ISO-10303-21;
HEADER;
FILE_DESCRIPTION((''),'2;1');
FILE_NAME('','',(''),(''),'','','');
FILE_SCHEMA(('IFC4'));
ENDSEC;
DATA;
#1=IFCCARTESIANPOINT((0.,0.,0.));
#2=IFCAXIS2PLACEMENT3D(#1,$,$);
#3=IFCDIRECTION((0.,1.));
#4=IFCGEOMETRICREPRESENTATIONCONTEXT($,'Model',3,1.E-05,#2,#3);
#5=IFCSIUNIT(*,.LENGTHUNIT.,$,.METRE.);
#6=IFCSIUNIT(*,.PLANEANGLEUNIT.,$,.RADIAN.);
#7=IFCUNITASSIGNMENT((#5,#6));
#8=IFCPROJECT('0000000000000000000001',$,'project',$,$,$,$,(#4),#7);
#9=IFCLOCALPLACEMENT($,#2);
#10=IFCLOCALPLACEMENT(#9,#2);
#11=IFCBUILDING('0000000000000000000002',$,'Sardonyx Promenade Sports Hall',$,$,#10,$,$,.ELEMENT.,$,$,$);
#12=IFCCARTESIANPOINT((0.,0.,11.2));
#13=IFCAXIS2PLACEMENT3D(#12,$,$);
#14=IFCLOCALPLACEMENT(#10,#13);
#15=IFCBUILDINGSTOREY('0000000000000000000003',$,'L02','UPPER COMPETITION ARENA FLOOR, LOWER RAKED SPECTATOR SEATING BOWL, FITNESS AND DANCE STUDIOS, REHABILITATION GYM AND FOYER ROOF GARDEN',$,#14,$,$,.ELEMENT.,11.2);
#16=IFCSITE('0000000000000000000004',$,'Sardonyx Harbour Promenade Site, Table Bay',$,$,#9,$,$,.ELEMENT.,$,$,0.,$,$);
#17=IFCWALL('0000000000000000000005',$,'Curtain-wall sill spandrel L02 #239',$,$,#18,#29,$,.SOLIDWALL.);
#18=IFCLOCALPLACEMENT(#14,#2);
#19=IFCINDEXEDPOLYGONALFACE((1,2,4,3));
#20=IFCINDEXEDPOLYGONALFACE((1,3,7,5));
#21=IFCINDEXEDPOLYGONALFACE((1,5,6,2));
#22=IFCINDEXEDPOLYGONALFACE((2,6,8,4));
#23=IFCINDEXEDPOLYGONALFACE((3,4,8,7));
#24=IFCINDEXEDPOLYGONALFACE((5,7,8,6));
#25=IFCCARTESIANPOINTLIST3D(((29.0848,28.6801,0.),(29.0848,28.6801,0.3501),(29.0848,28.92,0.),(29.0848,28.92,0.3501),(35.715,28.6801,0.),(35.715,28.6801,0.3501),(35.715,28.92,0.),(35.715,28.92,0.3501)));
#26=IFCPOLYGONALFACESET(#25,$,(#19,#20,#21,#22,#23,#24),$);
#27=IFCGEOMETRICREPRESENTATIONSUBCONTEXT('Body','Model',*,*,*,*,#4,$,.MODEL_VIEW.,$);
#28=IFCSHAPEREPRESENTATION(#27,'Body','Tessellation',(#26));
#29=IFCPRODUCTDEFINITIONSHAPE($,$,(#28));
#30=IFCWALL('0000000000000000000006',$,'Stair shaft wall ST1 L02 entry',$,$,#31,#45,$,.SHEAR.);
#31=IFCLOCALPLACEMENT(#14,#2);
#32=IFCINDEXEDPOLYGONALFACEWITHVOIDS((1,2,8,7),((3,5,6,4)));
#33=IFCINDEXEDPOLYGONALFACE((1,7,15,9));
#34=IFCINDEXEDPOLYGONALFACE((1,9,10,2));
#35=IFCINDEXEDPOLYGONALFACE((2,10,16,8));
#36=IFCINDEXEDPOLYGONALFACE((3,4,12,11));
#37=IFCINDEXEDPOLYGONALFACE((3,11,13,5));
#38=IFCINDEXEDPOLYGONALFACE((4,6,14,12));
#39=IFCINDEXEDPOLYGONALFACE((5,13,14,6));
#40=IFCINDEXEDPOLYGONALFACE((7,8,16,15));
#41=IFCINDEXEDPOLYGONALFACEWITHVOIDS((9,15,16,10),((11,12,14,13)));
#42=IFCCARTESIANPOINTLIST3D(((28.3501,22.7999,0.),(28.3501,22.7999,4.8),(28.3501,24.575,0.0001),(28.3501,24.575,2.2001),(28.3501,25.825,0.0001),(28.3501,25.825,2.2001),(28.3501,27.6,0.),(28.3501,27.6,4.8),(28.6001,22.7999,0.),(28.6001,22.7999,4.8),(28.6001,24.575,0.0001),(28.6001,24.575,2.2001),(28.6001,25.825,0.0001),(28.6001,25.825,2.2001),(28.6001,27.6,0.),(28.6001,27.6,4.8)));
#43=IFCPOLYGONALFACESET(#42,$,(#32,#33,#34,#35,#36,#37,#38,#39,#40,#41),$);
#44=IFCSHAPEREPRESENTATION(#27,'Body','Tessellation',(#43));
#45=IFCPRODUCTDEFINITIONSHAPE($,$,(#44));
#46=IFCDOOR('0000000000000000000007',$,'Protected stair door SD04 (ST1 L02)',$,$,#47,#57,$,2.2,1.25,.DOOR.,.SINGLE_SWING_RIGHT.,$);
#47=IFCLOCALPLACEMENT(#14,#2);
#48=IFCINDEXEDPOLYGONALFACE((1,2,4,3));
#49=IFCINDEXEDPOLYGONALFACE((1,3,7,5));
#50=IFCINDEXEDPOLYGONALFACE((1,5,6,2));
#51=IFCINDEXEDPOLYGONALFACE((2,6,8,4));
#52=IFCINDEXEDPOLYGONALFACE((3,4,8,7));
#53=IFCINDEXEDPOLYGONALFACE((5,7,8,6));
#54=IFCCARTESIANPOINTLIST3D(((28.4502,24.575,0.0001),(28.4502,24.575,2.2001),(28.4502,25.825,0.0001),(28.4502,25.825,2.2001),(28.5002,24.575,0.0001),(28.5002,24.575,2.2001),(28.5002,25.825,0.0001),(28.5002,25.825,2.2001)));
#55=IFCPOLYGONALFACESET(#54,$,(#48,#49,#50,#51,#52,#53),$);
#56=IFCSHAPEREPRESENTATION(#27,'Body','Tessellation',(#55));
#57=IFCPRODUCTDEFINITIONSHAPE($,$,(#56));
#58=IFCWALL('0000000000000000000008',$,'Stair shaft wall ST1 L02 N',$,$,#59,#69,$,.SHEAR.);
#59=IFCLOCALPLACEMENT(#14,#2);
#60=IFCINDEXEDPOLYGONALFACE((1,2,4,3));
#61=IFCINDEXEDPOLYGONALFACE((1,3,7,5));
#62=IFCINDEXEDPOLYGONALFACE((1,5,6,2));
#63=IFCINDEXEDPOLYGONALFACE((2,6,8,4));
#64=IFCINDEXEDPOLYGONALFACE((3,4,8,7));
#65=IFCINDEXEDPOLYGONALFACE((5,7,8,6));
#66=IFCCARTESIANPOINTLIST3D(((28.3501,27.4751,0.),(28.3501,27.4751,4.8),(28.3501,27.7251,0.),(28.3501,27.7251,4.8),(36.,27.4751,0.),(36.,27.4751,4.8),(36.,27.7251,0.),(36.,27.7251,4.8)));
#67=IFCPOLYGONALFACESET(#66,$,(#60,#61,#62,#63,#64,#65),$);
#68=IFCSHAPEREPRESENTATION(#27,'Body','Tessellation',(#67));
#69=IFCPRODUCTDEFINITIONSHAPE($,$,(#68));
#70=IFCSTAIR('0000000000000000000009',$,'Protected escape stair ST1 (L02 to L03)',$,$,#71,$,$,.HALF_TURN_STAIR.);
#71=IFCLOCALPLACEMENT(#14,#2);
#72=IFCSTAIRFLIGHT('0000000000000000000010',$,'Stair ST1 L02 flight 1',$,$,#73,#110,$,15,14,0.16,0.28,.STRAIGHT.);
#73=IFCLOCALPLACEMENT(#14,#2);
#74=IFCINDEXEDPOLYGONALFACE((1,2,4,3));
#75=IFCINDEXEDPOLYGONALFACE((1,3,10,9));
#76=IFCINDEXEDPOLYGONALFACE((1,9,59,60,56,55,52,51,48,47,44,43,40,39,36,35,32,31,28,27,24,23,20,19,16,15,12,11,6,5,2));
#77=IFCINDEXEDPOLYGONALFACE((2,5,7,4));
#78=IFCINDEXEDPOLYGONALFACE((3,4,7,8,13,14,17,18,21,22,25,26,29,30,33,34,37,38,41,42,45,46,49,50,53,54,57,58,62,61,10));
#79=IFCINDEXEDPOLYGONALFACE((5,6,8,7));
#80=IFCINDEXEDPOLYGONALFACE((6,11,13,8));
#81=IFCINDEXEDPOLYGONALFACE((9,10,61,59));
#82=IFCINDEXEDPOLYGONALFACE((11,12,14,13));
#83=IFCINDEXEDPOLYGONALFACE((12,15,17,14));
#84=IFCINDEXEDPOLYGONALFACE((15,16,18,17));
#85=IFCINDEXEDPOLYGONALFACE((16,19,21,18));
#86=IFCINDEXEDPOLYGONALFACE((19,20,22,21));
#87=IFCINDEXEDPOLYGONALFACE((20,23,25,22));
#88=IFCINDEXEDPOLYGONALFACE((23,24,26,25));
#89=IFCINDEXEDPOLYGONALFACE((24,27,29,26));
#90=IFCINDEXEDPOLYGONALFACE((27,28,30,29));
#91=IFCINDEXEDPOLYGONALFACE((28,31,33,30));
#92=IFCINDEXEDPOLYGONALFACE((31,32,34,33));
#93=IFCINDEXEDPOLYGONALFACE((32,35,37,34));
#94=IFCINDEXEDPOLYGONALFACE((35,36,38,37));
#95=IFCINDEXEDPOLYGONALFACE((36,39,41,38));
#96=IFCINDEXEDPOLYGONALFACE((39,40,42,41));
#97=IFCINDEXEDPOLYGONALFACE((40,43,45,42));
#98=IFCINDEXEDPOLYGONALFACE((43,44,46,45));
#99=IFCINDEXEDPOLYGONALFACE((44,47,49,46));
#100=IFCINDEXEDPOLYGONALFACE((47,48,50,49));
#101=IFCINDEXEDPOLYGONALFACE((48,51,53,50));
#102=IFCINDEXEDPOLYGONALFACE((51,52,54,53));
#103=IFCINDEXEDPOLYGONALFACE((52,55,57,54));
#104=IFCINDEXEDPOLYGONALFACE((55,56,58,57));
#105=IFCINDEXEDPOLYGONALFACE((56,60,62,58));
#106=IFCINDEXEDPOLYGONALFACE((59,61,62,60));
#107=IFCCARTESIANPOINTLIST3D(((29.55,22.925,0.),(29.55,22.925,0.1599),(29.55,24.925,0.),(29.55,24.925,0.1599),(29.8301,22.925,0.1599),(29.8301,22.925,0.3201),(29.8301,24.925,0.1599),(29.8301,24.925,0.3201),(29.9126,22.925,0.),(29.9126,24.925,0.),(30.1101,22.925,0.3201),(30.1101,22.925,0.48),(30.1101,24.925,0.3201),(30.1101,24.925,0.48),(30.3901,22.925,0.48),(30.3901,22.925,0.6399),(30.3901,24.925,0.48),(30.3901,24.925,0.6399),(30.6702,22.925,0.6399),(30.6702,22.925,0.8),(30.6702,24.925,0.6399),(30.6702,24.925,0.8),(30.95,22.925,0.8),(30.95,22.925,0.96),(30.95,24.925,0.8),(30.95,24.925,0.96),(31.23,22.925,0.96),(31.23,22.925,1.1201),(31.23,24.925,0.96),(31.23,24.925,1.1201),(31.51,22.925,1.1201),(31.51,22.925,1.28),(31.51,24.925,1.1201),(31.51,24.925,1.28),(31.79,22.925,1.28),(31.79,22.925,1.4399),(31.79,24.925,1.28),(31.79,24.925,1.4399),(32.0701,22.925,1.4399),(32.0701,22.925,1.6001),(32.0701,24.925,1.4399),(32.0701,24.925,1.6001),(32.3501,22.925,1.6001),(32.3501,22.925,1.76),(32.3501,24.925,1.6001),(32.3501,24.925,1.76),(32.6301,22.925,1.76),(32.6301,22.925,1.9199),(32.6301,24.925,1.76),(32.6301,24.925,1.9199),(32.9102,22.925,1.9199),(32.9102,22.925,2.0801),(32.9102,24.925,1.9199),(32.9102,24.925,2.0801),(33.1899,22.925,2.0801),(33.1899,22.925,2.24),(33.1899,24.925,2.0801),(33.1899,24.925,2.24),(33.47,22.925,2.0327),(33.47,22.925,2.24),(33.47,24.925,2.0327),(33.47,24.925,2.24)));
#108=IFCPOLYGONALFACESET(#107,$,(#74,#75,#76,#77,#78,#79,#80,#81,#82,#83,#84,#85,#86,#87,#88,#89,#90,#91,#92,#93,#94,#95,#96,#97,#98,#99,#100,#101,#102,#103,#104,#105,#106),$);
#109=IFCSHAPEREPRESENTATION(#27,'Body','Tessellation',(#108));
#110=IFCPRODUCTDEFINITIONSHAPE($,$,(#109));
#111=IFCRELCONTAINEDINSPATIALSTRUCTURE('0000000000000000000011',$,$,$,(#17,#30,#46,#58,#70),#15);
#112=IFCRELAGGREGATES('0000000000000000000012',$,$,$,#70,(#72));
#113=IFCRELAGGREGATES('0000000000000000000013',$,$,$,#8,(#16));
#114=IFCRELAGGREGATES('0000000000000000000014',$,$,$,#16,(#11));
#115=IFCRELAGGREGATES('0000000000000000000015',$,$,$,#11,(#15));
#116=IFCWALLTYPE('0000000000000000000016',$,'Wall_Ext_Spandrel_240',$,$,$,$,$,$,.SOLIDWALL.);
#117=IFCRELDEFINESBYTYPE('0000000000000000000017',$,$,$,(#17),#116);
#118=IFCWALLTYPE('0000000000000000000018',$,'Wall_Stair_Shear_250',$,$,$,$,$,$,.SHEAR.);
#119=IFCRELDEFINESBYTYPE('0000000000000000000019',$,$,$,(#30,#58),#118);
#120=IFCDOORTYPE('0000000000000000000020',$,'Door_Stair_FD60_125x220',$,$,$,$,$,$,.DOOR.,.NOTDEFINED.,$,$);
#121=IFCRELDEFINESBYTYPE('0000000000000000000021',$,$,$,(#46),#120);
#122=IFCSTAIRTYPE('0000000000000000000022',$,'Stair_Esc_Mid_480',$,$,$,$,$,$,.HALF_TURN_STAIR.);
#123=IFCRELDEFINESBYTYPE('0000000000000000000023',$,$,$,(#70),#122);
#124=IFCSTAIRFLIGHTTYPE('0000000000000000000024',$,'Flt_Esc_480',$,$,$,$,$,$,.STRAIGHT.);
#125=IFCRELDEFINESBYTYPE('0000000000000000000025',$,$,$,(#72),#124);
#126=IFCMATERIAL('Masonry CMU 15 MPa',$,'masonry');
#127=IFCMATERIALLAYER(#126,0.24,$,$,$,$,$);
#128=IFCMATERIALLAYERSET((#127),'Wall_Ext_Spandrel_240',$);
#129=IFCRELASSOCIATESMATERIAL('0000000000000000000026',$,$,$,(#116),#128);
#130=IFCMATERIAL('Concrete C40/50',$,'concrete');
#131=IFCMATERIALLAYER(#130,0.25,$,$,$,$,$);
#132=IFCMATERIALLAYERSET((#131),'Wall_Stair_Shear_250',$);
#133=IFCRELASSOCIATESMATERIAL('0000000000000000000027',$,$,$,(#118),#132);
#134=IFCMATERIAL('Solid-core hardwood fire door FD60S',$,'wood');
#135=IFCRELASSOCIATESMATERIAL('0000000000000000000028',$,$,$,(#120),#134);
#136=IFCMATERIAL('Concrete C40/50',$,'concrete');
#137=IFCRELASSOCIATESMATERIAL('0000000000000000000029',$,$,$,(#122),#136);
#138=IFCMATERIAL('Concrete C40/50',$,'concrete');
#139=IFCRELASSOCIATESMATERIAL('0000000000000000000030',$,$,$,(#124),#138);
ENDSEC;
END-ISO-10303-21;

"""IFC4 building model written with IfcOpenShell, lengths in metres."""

from ifc_helpers import new_model, si_unit, direction, frame, frame_2d, origin, place, context, subcontext, project, spatial, polyline, rectangle, outline, extrude, material, layer, layer_set, type_object, element, fill, aggregate, save


model = new_model("IFC4")

# Units and contexts
model_context = context("Model", 3, precision=1e-05, world=origin(), true_north=direction((0.0, 1.0)))
body_context = subcontext(model_context, "Body", "Model", "MODEL_VIEW")
ifc_project = project(units=[si_unit("LENGTHUNIT", "METRE"), si_unit("PLANEANGLEUNIT", "RADIAN")], contexts=[model_context])

# Site, building, storey
site_placement = place(None, origin())
site = spatial("IfcSite", under=ifc_project, at=site_placement, Name="Sardonyx Harbour Promenade Site, Table Bay", CompositionType="ELEMENT", RefElevation=0.0)
building_placement = place(site_placement, origin())
building = spatial("IfcBuilding", under=site, at=building_placement, Name="Sardonyx Promenade Sports Hall", CompositionType="ELEMENT")
storey_placement = place(building_placement, frame((0.0, 0.0, 11.2)))
storey = spatial("IfcBuildingStorey", under=building, at=storey_placement, Name="L02", Description="UPPER COMPETITION ARENA FLOOR, LOWER RAKED SPECTATOR SEATING BOWL, FITNESS AND DANCE STUDIOS, REHABILITATION GYM AND FOYER ROOF GARDEN", CompositionType="ELEMENT", Elevation=11.2)

# Wall
ifc_material_1 = material(Name="Masonry CMU 15 MPa", Category="masonry")
ifc_layer_1 = layer(ifc_material_1, 0.24)
ifc_layer_set_1 = layer_set([ifc_layer_1], Name="Wall_Ext_Spandrel_240")
wall_type_1 = type_object("IfcWallType", Name="Wall_Ext_Spandrel_240", PredefinedType="SOLIDWALL", material=ifc_layer_set_1)
wall_1_placement = place(storey_placement, frame((29.085, 28.8, 0.0), z_axis=(0.0, 0.0, 1.0), x_axis=(1.0, 0.0, 0.0)))
element("IfcWall", 1, at=wall_1_placement, inside=storey, type_object=wall_type_1, Name="Curtain-wall sill spandrel L02 #239", PredefinedType="SOLIDWALL", context=body_context, shape_type="SweptSolid", body=[
    extrude(rectangle(XDim=6.6301, YDim=0.24, at=frame_2d((3.3149, 0.0))), origin(), (0.0, 0.0, 1.0), 0.3501),
])

# Wall, opening, door
ifc_material_2 = material(Name="Concrete C40/50", Category="concrete")
ifc_layer_2 = layer(ifc_material_2, 0.25)
ifc_layer_set_2 = layer_set([ifc_layer_2], Name="Wall_Stair_Shear_250")
wall_type_2 = type_object("IfcWallType", Name="Wall_Stair_Shear_250", PredefinedType="SHEAR", material=ifc_layer_set_2)
wall_2_placement = place(storey_placement, frame((28.4751, 22.8, 0.0), z_axis=(0.0, 0.0, 1.0), x_axis=(0.0, 1.0, 0.0)))
wall_2 = element("IfcWall", 2, at=wall_2_placement, inside=storey, type_object=wall_type_2, Name="Stair shaft wall ST1 L02 entry", PredefinedType="SHEAR", context=body_context, shape_type="SweptSolid", body=[
    extrude(rectangle(XDim=4.8, YDim=0.25, at=frame_2d((2.3999, 0.0))), origin(), (0.0, 0.0, 1.0), 4.8),
])
opening_1_placement = place(wall_2_placement, frame((1.7749, 0.0, 0.0)))
opening_1 = element("IfcOpeningElement", 3, at=opening_1_placement, cuts=wall_2, PredefinedType="OPENING", context=body_context, shape_type="SweptSolid", body=[
    extrude(rectangle(XDim=1.25, YDim=2.2, at=frame_2d((0.625, 1.1001))), frame((0.0, 0.135, 0.0), z_axis=(0.0, -1.0, 0.0), x_axis=(1.0, 0.0, 0.0)), (0.0, 0.0, 1.0), 0.27),
])
ifc_material_3 = material(Name="Solid-core hardwood fire door FD60S", Category="wood")
door_type_1 = type_object("IfcDoorType", Name="Door_Stair_FD60_125x220", OperationType="NOTDEFINED", PredefinedType="DOOR", material=ifc_material_3)
door_1_placement = place(opening_1_placement, origin())
door_1 = element("IfcDoor", 4, at=door_1_placement, inside=storey, type_object=door_type_1, Name="Protected stair door SD04 (ST1 L02)", OperationType="SINGLE_SWING_RIGHT", OverallHeight=2.2, OverallWidth=1.25, PredefinedType="DOOR", context=body_context, shape_type="SweptSolid", body=[
    extrude(rectangle(XDim=1.25, YDim=2.2, at=frame_2d((0.625, 1.1001))), frame((0.0, 0.0249, 0.0), z_axis=(0.0, -1.0, 0.0), x_axis=(1.0, 0.0, 0.0)), (0.0, 0.0, 1.0), 0.05),
])
fill(opening_1, door_1)

# Wall
wall_3_placement = place(storey_placement, frame((28.3501, 27.6001, 0.0), z_axis=(0.0, 0.0, 1.0), x_axis=(1.0, 0.0, 0.0)))
element("IfcWall", 5, at=wall_3_placement, inside=storey, type_object=wall_type_2, Name="Stair shaft wall ST1 L02 N", PredefinedType="SHEAR", context=body_context, shape_type="SweptSolid", body=[
    extrude(rectangle(XDim=7.6499, YDim=0.25, at=frame_2d((3.825, 0.0))), origin(), (0.0, 0.0, 1.0), 4.8),
])

# Stair, stair flight
ifc_material_4 = material(Name="Concrete C40/50", Category="concrete")
stair_type = type_object("IfcStairType", Name="Stair_Esc_Mid_480", PredefinedType="HALF_TURN_STAIR", material=ifc_material_4)
stair_placement = place(storey_placement, origin())
stair = element("IfcStair", 6, at=stair_placement, inside=storey, type_object=stair_type, Name="Protected escape stair ST1 (L02 to L03)", PredefinedType="HALF_TURN_STAIR")
ifc_material_5 = material(Name="Concrete C40/50", Category="concrete")
stair_flight_type = type_object("IfcStairFlightType", Name="Flt_Esc_480", PredefinedType="STRAIGHT", material=ifc_material_5)
stair_flight_placement = place(storey_placement, frame((29.55, 23.925, 0.0), z_axis=(0.0, 0.0, 1.0), x_axis=(1.0, 0.0, 0.0)))
stair_flight = element("IfcStairFlight", 7, at=stair_flight_placement, type_object=stair_flight_type, Name="Stair ST1 L02 flight 1", NumberOfRisers=15, NumberOfTreads=14, PredefinedType="STRAIGHT", RiserHeight=0.16, TreadLength=0.28, context=body_context, shape_type="SweptSolid", body=[
    extrude(outline(polyline([(0.0, 0.0), (0.0, 0.1599), (0.28, 0.1599), (0.28, 0.3201), (0.5601, 0.3201), (0.5601, 0.48), (0.8401, 0.48), (0.8401, 0.6399), (1.1201, 0.6399), (1.1201, 0.8), (1.3999, 0.8), (1.3999, 0.96), (1.6799, 0.96), (1.6799, 1.1201), (1.96, 1.1201), (1.96, 1.28), (2.24, 1.28), (2.24, 1.4399), (2.52, 1.4399), (2.52, 1.6001), (2.8, 1.6001), (2.8, 1.76), (3.0801, 1.76), (3.0801, 1.9199), (3.3601, 1.9199), (3.3601, 2.0801), (3.6399, 2.0801), (3.6399, 2.24), (3.9199, 2.24), (3.9199, 2.3999), (3.9199, 2.0327), (0.3625, 0.0), (0.0, 0.0)])), frame((0.0, 1.0, 0.0), z_axis=(0.0, -1.0, 0.0), x_axis=(1.0, 0.0, 0.0)), (0.0, 0.0, 1.0), 2.0),
])
aggregate(stair, [stair_flight])

save(model, "model.ifc")
